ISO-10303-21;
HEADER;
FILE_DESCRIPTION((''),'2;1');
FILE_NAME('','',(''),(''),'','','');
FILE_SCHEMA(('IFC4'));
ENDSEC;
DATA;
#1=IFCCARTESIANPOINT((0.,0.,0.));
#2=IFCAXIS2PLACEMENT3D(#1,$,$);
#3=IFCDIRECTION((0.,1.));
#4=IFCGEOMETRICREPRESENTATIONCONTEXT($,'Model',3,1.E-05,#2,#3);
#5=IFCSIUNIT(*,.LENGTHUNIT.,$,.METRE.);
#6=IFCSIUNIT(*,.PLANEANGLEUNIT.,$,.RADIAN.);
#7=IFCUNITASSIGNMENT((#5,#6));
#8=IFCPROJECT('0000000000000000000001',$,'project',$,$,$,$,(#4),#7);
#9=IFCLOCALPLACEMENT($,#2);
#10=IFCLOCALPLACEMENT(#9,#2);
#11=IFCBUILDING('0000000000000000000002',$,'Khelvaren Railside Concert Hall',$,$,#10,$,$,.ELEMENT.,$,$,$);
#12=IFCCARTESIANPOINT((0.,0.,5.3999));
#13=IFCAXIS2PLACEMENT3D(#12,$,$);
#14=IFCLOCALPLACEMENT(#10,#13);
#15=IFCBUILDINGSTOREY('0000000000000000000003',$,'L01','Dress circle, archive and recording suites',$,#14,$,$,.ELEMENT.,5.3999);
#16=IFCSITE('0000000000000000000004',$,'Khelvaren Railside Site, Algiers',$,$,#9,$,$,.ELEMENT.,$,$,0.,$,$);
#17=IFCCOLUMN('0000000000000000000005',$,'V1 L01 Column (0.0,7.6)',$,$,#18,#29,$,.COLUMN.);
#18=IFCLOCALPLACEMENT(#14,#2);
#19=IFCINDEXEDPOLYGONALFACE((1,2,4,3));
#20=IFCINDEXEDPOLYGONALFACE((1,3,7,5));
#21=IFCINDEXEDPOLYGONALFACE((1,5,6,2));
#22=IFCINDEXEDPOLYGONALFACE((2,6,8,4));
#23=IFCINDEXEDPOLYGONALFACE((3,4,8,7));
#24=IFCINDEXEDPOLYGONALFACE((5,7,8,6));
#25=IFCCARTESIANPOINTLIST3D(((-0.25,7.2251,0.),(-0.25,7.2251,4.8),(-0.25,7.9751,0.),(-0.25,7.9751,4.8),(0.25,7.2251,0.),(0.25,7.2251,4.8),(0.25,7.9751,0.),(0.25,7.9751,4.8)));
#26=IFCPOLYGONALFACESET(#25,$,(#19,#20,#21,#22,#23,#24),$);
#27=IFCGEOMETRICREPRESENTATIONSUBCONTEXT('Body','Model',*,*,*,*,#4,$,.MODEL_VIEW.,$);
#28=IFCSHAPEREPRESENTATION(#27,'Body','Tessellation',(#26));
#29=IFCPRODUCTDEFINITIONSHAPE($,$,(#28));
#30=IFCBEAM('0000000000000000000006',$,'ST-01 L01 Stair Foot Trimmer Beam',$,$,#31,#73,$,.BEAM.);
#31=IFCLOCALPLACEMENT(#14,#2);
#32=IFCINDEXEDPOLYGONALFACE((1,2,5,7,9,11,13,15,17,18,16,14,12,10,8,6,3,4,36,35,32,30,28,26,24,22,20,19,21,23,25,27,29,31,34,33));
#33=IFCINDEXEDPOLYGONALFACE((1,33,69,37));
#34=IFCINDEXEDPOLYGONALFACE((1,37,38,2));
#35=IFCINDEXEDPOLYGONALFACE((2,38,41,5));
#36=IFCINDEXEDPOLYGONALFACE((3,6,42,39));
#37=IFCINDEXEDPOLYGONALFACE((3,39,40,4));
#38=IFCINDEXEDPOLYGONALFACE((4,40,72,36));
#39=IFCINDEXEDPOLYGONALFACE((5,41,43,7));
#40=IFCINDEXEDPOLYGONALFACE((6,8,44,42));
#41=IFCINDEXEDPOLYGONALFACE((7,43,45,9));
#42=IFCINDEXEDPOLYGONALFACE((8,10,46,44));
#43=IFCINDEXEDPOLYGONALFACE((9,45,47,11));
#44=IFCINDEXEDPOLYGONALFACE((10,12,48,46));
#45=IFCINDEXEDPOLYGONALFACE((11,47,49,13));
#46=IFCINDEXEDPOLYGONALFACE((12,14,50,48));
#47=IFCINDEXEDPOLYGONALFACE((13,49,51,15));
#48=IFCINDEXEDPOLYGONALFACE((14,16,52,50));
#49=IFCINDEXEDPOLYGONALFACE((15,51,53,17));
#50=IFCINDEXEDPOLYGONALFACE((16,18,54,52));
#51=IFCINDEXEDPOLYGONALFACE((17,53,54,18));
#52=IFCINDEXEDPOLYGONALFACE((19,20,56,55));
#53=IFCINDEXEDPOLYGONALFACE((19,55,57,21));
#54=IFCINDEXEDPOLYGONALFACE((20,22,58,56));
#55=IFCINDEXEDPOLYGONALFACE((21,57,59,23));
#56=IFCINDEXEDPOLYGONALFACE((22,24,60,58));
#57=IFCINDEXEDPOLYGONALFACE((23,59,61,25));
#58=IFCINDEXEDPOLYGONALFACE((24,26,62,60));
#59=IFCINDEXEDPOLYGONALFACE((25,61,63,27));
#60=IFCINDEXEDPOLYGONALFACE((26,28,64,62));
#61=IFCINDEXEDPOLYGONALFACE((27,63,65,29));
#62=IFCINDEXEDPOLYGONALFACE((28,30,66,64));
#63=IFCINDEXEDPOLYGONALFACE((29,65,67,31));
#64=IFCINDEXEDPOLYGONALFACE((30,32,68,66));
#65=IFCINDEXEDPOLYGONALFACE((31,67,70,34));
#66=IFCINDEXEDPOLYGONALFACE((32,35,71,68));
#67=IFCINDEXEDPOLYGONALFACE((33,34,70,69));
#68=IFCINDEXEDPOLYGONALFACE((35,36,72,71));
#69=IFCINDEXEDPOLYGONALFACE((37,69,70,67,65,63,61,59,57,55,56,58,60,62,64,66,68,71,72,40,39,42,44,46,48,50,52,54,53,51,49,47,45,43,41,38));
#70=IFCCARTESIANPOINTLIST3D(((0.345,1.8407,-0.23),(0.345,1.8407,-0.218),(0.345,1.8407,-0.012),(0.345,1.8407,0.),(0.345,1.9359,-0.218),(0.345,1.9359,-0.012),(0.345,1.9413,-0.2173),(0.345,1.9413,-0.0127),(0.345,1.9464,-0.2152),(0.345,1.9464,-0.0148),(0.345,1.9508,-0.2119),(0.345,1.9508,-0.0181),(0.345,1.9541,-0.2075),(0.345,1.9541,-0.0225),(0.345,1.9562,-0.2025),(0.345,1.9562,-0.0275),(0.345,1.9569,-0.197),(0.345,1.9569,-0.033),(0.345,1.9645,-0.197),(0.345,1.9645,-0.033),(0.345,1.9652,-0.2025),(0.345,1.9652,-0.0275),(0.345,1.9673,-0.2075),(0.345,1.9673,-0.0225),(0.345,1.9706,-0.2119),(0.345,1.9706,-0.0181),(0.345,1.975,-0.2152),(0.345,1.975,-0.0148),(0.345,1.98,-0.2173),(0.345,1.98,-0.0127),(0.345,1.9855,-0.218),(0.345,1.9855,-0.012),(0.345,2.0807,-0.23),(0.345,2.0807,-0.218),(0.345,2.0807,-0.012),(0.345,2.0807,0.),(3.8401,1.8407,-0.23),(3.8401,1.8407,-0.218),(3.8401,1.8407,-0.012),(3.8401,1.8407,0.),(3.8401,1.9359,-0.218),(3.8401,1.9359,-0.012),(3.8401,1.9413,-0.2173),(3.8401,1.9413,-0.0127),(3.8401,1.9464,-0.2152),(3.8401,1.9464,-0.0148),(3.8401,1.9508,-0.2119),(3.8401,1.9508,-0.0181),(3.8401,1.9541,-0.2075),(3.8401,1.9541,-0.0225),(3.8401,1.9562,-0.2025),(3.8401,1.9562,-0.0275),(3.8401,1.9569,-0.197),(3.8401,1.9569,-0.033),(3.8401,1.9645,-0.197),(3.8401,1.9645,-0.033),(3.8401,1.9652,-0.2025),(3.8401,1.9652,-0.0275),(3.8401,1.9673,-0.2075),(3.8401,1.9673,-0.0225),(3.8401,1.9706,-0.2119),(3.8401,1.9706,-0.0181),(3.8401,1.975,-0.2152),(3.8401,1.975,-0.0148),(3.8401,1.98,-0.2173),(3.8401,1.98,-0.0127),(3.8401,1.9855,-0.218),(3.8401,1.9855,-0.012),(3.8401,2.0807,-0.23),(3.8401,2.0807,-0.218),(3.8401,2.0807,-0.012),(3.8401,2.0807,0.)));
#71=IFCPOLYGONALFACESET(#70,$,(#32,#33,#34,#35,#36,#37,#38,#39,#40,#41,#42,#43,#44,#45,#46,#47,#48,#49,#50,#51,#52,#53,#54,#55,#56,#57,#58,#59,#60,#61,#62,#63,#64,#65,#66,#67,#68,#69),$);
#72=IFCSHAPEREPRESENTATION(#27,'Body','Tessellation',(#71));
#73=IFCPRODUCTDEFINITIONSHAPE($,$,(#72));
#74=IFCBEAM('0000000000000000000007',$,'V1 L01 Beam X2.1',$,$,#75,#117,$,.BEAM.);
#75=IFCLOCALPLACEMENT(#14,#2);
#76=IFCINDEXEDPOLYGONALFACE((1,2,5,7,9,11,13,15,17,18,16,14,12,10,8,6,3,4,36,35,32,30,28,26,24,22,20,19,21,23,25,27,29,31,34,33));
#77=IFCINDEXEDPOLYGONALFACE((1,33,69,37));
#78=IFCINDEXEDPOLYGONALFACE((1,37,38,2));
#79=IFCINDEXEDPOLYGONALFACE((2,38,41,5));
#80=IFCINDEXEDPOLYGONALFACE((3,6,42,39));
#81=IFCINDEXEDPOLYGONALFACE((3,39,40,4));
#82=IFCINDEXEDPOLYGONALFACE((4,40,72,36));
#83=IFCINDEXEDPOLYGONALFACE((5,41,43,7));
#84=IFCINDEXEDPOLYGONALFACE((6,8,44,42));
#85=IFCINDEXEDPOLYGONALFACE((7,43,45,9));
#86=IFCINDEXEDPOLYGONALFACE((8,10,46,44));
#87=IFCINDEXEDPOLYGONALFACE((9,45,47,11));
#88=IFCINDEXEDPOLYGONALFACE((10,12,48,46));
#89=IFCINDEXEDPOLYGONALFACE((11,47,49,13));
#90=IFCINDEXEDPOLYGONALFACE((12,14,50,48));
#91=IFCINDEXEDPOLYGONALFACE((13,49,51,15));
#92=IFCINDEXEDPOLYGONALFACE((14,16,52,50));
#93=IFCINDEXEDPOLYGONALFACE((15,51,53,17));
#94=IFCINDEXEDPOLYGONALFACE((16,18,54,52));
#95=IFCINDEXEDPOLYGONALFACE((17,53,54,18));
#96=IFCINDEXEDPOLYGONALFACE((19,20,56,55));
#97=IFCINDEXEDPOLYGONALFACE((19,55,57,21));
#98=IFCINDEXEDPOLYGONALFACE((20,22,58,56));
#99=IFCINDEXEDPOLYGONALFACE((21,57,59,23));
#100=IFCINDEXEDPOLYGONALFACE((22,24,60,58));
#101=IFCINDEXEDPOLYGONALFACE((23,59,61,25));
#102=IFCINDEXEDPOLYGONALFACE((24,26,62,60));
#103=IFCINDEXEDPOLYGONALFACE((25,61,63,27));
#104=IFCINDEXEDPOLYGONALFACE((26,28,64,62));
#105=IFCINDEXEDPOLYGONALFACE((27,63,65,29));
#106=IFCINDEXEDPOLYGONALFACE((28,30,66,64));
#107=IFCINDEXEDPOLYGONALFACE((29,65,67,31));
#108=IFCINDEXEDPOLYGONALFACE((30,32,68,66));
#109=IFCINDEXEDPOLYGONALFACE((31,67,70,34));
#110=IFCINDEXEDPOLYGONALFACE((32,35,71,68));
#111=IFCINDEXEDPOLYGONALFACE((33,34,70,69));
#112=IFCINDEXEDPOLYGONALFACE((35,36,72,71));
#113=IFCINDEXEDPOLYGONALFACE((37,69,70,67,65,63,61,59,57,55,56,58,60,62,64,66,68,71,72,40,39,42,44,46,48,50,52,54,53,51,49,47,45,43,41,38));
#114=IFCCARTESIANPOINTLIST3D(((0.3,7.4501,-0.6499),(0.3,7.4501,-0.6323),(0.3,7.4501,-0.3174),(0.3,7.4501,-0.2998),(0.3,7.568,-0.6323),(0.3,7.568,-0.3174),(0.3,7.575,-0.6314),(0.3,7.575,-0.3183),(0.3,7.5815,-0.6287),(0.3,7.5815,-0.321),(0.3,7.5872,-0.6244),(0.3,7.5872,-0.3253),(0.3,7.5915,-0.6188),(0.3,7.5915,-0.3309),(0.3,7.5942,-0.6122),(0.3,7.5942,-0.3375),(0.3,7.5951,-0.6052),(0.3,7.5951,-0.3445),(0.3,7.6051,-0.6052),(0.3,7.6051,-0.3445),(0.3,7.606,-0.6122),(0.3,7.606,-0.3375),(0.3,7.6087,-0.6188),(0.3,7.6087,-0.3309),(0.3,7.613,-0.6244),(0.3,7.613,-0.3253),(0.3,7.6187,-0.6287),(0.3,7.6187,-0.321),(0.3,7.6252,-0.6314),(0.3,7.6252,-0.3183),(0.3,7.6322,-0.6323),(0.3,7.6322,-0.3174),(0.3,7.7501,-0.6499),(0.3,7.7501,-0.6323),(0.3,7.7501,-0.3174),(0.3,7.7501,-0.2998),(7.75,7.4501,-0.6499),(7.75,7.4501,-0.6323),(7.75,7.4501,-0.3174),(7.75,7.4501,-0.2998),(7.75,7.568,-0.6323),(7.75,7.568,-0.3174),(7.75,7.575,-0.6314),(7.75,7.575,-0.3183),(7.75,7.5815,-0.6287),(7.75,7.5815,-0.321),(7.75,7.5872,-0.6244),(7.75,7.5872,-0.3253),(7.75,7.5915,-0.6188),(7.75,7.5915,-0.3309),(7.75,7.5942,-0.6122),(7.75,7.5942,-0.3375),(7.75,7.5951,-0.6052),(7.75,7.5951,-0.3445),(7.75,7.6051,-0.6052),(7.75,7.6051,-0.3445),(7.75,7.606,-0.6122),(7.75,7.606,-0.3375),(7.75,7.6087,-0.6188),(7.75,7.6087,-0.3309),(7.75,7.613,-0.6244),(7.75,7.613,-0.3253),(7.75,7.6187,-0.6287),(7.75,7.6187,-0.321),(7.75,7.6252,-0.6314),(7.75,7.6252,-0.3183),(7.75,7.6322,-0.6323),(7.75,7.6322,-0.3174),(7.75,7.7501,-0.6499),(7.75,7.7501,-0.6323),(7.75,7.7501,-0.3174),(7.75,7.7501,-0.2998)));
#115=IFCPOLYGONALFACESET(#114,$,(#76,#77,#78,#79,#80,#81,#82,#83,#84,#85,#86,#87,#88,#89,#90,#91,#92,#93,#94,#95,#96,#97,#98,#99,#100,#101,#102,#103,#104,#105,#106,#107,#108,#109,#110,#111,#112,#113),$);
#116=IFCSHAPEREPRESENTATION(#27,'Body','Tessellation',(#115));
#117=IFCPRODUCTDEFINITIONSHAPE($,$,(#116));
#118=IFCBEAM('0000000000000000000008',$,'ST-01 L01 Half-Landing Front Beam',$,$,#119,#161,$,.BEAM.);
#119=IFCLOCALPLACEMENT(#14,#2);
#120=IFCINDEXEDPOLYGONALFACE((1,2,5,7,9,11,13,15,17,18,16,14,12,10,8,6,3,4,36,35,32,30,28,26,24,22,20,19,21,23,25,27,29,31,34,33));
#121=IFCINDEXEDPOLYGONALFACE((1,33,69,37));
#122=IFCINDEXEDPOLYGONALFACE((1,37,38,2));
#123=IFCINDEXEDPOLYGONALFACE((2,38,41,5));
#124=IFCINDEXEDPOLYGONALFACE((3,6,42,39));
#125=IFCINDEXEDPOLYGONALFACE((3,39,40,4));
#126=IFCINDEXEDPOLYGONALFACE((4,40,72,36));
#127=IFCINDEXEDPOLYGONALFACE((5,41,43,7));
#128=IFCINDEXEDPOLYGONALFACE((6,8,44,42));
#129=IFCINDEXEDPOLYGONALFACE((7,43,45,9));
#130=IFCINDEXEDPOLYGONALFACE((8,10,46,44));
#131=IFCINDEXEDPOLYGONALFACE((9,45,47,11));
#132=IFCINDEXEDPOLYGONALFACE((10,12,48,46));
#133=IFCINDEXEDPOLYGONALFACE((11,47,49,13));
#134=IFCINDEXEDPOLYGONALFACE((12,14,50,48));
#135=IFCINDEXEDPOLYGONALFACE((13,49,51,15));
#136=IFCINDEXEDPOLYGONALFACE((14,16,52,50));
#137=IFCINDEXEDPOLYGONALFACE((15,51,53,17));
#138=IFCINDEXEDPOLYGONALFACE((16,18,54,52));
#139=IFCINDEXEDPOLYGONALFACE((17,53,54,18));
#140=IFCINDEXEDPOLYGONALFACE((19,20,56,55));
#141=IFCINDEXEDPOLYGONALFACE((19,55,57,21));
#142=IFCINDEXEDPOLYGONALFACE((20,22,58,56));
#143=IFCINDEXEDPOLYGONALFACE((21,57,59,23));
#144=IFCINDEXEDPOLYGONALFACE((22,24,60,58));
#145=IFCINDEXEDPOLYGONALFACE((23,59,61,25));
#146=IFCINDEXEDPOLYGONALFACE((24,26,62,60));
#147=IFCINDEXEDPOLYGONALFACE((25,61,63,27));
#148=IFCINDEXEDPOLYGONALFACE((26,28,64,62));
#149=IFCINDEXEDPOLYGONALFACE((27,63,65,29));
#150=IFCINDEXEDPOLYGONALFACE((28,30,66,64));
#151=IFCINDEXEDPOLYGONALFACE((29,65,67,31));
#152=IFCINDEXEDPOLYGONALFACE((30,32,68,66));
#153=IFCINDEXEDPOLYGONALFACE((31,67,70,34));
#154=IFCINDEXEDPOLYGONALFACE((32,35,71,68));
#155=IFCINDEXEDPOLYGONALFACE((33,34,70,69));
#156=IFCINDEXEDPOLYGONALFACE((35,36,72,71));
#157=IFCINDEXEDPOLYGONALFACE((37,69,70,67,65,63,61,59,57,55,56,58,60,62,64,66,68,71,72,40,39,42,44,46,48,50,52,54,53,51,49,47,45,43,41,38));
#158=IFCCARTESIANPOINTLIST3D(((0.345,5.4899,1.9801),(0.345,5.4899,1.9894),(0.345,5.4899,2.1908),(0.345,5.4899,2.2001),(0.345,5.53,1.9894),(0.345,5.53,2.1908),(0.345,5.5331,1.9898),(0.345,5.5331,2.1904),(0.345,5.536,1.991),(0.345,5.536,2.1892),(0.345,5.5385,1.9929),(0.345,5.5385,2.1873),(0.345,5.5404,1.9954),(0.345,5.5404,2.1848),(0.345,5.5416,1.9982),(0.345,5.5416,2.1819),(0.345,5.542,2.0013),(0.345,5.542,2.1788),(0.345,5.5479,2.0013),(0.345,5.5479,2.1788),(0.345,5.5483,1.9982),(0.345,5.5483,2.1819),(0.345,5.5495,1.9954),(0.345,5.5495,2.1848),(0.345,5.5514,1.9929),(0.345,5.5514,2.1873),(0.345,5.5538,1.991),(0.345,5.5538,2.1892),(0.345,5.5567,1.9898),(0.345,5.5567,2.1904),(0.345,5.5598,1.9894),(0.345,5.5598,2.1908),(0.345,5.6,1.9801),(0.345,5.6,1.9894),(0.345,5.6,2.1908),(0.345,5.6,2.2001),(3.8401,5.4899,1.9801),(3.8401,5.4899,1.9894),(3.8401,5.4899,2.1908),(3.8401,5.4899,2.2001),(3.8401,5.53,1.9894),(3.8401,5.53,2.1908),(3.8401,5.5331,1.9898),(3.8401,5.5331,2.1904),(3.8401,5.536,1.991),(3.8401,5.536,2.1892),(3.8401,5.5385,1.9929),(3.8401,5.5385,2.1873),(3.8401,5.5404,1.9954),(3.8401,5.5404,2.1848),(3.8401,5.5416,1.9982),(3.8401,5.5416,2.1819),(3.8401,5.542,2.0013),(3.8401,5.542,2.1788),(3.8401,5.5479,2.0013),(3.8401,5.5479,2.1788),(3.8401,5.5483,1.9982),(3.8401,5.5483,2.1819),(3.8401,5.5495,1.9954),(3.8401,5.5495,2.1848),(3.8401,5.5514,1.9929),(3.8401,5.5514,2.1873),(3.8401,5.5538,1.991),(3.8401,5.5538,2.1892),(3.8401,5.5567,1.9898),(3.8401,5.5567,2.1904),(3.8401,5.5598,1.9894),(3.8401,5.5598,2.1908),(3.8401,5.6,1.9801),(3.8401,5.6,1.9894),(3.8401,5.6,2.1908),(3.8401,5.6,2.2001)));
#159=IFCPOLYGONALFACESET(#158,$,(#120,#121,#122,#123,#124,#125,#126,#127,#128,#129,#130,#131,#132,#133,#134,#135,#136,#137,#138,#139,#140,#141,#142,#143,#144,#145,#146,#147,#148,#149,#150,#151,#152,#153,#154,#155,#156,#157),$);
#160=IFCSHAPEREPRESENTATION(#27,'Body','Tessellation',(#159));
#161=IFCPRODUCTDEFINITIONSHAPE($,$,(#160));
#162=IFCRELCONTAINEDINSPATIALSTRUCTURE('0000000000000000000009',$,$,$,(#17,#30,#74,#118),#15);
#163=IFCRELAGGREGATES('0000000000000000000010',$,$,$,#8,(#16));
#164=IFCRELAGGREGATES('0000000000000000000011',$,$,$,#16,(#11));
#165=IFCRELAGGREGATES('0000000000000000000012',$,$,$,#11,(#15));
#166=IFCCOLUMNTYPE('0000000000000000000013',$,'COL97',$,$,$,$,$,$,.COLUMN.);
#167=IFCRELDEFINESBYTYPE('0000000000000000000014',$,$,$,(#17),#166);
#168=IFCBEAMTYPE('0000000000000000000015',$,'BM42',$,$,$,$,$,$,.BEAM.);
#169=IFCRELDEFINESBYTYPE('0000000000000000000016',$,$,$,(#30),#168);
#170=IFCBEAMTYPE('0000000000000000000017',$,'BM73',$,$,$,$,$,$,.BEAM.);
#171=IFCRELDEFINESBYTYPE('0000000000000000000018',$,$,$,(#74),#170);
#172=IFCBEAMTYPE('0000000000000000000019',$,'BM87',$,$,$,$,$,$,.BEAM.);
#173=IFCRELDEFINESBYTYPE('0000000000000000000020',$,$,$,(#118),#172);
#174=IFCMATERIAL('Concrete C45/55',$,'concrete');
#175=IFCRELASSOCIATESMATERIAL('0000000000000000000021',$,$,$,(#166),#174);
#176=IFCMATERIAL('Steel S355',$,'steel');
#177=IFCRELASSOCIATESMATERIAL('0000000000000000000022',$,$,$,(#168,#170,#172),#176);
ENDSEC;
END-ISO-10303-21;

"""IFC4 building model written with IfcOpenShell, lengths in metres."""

from ifc_helpers import new_model, si_unit, direction, frame, origin, origin_2d, place, context, subcontext, project, spatial, rectangle, i_section, extrude, material, material_profile, profile_set, type_object, element, save


model = new_model("IFC4")

# Units and contexts
model_context = context("Model", 3, precision=1e-05, world=origin(), true_north=direction((0.0, 1.0)))
body_context = subcontext(model_context, "Body", "Model", "MODEL_VIEW")
ifc_project = project(units=[si_unit("LENGTHUNIT", "METRE"), si_unit("PLANEANGLEUNIT", "RADIAN")], contexts=[model_context])

# Site, building, storey
site_placement = place(None, origin())
site = spatial("IfcSite", under=ifc_project, at=site_placement, Name="Khelvaren Railside Site, Algiers", CompositionType="ELEMENT", RefElevation=0.0)
building_placement = place(site_placement, origin())
building = spatial("IfcBuilding", under=site, at=building_placement, Name="Khelvaren Railside Concert Hall", CompositionType="ELEMENT")
storey_placement = place(building_placement, frame((0.0, 0.0, 5.3999)))
storey = spatial("IfcBuildingStorey", under=building, at=storey_placement, Name="L01", Description="Dress circle, archive and recording suites", CompositionType="ELEMENT", Elevation=5.3999)

# Column
ifc_material_1 = material(Name="Concrete C45/55", Category="concrete")
ifc_material_profile_1 = material_profile(ifc_material_1, rectangle(XDim=0.5, YDim=0.75, at=origin_2d()), Name="RC 500x750")
ifc_profile_set_1 = profile_set([ifc_material_profile_1], Name="Concrete C45/55")
column_type = type_object("IfcColumnType", Name="COL97", PredefinedType="COLUMN", material=ifc_profile_set_1)
column_placement = place(storey_placement, frame((0.0, 7.6001, 0.0), z_axis=(0.0, 0.0, 1.0), x_axis=(1.0, 0.0, 0.0)))
element("IfcColumn", 1, at=column_placement, inside=storey, type_object=column_type, Name="V1 L01 Column (0.0,7.6)", PredefinedType="COLUMN", context=body_context, shape_type="SweptSolid", body=[
    extrude(rectangle(XDim=0.5, YDim=0.75, at=origin_2d()), origin(), (0.0, 0.0, 1.0), 4.8),
])

# Beams
ifc_material_2 = material(Name="Steel S355", Category="steel")
ifc_material_profile_2 = material_profile(ifc_material_2, i_section(OverallWidth=0.24, OverallDepth=0.23, WebThickness=0.0076, FlangeThickness=0.012, FilletRadius=0.021, at=origin_2d()), Name="HEA 240")
ifc_profile_set_2 = profile_set([ifc_material_profile_2], Name="Steel S355")
beam_type_1 = type_object("IfcBeamType", Name="BM42", PredefinedType="BEAM", material=ifc_profile_set_2)
beam_1_placement = place(storey_placement, frame((0.345, 1.9607, -0.115), z_axis=(1.0, 0.0, 0.0), x_axis=(0.0, 1.0, 0.0)))
element("IfcBeam", 2, at=beam_1_placement, inside=storey, type_object=beam_type_1, Name="ST-01 L01 Stair Foot Trimmer Beam", PredefinedType="BEAM", context=body_context, shape_type="SweptSolid", body=[
    extrude(i_section(OverallWidth=0.24, OverallDepth=0.23, WebThickness=0.0076, FlangeThickness=0.012, FilletRadius=0.021, at=origin_2d()), origin(), (0.0, 0.0, 1.0), 3.4951),
])
ifc_material_profile_3 = material_profile(ifc_material_2, i_section(OverallWidth=0.3, OverallDepth=0.3501, WebThickness=0.01, FlangeThickness=0.0176, FilletRadius=0.0271, at=origin_2d()), Name="HEA 360")
ifc_profile_set_3 = profile_set([ifc_material_profile_3], Name="Steel S355")
beam_type_2 = type_object("IfcBeamType", Name="BM73", PredefinedType="BEAM", material=ifc_profile_set_3)
beam_2_placement = place(storey_placement, frame((0.3, 7.6001, -0.4749), z_axis=(1.0, 0.0, 0.0), x_axis=(0.0, 1.0, 0.0)))
element("IfcBeam", 3, at=beam_2_placement, inside=storey, type_object=beam_type_2, Name="V1 L01 Beam X2.1", PredefinedType="BEAM", context=body_context, shape_type="SweptSolid", body=[
    extrude(i_section(OverallWidth=0.3, OverallDepth=0.3501, WebThickness=0.01, FlangeThickness=0.0176, FilletRadius=0.0271, at=origin_2d()), origin(), (0.0, 0.0, 1.0), 7.45),
])
ifc_material_profile_4 = material_profile(ifc_material_2, i_section(OverallWidth=0.1101, OverallDepth=0.22, WebThickness=0.0059, FlangeThickness=0.0093, FilletRadius=0.012, at=origin_2d()), Name="IPE 220")
ifc_profile_set_4 = profile_set([ifc_material_profile_4], Name="Steel S355")
beam_type_3 = type_object("IfcBeamType", Name="BM87", PredefinedType="BEAM", material=ifc_profile_set_4)
for number, where, z_axis, x_axis, name in (
    (4, (0.345, 5.5449, 2.0901), (1.0, 0.0, 0.0), (0.0, 1.0, 0.0), "ST-01 L01 Half-Landing Front Beam"),
):
    element("IfcBeam", number, at=place(storey_placement, frame(where, z_axis=z_axis, x_axis=x_axis)), inside=storey, type_object=beam_type_3, Name=name, PredefinedType="BEAM", context=body_context, shape_type="SweptSolid", body=[
        extrude(i_section(OverallWidth=0.1101, OverallDepth=0.22, WebThickness=0.0059, FlangeThickness=0.0093, FilletRadius=0.012, at=origin_2d()), origin(), (0.0, 0.0, 1.0), 3.4951),
    ])

save(model, "model.ifc")
